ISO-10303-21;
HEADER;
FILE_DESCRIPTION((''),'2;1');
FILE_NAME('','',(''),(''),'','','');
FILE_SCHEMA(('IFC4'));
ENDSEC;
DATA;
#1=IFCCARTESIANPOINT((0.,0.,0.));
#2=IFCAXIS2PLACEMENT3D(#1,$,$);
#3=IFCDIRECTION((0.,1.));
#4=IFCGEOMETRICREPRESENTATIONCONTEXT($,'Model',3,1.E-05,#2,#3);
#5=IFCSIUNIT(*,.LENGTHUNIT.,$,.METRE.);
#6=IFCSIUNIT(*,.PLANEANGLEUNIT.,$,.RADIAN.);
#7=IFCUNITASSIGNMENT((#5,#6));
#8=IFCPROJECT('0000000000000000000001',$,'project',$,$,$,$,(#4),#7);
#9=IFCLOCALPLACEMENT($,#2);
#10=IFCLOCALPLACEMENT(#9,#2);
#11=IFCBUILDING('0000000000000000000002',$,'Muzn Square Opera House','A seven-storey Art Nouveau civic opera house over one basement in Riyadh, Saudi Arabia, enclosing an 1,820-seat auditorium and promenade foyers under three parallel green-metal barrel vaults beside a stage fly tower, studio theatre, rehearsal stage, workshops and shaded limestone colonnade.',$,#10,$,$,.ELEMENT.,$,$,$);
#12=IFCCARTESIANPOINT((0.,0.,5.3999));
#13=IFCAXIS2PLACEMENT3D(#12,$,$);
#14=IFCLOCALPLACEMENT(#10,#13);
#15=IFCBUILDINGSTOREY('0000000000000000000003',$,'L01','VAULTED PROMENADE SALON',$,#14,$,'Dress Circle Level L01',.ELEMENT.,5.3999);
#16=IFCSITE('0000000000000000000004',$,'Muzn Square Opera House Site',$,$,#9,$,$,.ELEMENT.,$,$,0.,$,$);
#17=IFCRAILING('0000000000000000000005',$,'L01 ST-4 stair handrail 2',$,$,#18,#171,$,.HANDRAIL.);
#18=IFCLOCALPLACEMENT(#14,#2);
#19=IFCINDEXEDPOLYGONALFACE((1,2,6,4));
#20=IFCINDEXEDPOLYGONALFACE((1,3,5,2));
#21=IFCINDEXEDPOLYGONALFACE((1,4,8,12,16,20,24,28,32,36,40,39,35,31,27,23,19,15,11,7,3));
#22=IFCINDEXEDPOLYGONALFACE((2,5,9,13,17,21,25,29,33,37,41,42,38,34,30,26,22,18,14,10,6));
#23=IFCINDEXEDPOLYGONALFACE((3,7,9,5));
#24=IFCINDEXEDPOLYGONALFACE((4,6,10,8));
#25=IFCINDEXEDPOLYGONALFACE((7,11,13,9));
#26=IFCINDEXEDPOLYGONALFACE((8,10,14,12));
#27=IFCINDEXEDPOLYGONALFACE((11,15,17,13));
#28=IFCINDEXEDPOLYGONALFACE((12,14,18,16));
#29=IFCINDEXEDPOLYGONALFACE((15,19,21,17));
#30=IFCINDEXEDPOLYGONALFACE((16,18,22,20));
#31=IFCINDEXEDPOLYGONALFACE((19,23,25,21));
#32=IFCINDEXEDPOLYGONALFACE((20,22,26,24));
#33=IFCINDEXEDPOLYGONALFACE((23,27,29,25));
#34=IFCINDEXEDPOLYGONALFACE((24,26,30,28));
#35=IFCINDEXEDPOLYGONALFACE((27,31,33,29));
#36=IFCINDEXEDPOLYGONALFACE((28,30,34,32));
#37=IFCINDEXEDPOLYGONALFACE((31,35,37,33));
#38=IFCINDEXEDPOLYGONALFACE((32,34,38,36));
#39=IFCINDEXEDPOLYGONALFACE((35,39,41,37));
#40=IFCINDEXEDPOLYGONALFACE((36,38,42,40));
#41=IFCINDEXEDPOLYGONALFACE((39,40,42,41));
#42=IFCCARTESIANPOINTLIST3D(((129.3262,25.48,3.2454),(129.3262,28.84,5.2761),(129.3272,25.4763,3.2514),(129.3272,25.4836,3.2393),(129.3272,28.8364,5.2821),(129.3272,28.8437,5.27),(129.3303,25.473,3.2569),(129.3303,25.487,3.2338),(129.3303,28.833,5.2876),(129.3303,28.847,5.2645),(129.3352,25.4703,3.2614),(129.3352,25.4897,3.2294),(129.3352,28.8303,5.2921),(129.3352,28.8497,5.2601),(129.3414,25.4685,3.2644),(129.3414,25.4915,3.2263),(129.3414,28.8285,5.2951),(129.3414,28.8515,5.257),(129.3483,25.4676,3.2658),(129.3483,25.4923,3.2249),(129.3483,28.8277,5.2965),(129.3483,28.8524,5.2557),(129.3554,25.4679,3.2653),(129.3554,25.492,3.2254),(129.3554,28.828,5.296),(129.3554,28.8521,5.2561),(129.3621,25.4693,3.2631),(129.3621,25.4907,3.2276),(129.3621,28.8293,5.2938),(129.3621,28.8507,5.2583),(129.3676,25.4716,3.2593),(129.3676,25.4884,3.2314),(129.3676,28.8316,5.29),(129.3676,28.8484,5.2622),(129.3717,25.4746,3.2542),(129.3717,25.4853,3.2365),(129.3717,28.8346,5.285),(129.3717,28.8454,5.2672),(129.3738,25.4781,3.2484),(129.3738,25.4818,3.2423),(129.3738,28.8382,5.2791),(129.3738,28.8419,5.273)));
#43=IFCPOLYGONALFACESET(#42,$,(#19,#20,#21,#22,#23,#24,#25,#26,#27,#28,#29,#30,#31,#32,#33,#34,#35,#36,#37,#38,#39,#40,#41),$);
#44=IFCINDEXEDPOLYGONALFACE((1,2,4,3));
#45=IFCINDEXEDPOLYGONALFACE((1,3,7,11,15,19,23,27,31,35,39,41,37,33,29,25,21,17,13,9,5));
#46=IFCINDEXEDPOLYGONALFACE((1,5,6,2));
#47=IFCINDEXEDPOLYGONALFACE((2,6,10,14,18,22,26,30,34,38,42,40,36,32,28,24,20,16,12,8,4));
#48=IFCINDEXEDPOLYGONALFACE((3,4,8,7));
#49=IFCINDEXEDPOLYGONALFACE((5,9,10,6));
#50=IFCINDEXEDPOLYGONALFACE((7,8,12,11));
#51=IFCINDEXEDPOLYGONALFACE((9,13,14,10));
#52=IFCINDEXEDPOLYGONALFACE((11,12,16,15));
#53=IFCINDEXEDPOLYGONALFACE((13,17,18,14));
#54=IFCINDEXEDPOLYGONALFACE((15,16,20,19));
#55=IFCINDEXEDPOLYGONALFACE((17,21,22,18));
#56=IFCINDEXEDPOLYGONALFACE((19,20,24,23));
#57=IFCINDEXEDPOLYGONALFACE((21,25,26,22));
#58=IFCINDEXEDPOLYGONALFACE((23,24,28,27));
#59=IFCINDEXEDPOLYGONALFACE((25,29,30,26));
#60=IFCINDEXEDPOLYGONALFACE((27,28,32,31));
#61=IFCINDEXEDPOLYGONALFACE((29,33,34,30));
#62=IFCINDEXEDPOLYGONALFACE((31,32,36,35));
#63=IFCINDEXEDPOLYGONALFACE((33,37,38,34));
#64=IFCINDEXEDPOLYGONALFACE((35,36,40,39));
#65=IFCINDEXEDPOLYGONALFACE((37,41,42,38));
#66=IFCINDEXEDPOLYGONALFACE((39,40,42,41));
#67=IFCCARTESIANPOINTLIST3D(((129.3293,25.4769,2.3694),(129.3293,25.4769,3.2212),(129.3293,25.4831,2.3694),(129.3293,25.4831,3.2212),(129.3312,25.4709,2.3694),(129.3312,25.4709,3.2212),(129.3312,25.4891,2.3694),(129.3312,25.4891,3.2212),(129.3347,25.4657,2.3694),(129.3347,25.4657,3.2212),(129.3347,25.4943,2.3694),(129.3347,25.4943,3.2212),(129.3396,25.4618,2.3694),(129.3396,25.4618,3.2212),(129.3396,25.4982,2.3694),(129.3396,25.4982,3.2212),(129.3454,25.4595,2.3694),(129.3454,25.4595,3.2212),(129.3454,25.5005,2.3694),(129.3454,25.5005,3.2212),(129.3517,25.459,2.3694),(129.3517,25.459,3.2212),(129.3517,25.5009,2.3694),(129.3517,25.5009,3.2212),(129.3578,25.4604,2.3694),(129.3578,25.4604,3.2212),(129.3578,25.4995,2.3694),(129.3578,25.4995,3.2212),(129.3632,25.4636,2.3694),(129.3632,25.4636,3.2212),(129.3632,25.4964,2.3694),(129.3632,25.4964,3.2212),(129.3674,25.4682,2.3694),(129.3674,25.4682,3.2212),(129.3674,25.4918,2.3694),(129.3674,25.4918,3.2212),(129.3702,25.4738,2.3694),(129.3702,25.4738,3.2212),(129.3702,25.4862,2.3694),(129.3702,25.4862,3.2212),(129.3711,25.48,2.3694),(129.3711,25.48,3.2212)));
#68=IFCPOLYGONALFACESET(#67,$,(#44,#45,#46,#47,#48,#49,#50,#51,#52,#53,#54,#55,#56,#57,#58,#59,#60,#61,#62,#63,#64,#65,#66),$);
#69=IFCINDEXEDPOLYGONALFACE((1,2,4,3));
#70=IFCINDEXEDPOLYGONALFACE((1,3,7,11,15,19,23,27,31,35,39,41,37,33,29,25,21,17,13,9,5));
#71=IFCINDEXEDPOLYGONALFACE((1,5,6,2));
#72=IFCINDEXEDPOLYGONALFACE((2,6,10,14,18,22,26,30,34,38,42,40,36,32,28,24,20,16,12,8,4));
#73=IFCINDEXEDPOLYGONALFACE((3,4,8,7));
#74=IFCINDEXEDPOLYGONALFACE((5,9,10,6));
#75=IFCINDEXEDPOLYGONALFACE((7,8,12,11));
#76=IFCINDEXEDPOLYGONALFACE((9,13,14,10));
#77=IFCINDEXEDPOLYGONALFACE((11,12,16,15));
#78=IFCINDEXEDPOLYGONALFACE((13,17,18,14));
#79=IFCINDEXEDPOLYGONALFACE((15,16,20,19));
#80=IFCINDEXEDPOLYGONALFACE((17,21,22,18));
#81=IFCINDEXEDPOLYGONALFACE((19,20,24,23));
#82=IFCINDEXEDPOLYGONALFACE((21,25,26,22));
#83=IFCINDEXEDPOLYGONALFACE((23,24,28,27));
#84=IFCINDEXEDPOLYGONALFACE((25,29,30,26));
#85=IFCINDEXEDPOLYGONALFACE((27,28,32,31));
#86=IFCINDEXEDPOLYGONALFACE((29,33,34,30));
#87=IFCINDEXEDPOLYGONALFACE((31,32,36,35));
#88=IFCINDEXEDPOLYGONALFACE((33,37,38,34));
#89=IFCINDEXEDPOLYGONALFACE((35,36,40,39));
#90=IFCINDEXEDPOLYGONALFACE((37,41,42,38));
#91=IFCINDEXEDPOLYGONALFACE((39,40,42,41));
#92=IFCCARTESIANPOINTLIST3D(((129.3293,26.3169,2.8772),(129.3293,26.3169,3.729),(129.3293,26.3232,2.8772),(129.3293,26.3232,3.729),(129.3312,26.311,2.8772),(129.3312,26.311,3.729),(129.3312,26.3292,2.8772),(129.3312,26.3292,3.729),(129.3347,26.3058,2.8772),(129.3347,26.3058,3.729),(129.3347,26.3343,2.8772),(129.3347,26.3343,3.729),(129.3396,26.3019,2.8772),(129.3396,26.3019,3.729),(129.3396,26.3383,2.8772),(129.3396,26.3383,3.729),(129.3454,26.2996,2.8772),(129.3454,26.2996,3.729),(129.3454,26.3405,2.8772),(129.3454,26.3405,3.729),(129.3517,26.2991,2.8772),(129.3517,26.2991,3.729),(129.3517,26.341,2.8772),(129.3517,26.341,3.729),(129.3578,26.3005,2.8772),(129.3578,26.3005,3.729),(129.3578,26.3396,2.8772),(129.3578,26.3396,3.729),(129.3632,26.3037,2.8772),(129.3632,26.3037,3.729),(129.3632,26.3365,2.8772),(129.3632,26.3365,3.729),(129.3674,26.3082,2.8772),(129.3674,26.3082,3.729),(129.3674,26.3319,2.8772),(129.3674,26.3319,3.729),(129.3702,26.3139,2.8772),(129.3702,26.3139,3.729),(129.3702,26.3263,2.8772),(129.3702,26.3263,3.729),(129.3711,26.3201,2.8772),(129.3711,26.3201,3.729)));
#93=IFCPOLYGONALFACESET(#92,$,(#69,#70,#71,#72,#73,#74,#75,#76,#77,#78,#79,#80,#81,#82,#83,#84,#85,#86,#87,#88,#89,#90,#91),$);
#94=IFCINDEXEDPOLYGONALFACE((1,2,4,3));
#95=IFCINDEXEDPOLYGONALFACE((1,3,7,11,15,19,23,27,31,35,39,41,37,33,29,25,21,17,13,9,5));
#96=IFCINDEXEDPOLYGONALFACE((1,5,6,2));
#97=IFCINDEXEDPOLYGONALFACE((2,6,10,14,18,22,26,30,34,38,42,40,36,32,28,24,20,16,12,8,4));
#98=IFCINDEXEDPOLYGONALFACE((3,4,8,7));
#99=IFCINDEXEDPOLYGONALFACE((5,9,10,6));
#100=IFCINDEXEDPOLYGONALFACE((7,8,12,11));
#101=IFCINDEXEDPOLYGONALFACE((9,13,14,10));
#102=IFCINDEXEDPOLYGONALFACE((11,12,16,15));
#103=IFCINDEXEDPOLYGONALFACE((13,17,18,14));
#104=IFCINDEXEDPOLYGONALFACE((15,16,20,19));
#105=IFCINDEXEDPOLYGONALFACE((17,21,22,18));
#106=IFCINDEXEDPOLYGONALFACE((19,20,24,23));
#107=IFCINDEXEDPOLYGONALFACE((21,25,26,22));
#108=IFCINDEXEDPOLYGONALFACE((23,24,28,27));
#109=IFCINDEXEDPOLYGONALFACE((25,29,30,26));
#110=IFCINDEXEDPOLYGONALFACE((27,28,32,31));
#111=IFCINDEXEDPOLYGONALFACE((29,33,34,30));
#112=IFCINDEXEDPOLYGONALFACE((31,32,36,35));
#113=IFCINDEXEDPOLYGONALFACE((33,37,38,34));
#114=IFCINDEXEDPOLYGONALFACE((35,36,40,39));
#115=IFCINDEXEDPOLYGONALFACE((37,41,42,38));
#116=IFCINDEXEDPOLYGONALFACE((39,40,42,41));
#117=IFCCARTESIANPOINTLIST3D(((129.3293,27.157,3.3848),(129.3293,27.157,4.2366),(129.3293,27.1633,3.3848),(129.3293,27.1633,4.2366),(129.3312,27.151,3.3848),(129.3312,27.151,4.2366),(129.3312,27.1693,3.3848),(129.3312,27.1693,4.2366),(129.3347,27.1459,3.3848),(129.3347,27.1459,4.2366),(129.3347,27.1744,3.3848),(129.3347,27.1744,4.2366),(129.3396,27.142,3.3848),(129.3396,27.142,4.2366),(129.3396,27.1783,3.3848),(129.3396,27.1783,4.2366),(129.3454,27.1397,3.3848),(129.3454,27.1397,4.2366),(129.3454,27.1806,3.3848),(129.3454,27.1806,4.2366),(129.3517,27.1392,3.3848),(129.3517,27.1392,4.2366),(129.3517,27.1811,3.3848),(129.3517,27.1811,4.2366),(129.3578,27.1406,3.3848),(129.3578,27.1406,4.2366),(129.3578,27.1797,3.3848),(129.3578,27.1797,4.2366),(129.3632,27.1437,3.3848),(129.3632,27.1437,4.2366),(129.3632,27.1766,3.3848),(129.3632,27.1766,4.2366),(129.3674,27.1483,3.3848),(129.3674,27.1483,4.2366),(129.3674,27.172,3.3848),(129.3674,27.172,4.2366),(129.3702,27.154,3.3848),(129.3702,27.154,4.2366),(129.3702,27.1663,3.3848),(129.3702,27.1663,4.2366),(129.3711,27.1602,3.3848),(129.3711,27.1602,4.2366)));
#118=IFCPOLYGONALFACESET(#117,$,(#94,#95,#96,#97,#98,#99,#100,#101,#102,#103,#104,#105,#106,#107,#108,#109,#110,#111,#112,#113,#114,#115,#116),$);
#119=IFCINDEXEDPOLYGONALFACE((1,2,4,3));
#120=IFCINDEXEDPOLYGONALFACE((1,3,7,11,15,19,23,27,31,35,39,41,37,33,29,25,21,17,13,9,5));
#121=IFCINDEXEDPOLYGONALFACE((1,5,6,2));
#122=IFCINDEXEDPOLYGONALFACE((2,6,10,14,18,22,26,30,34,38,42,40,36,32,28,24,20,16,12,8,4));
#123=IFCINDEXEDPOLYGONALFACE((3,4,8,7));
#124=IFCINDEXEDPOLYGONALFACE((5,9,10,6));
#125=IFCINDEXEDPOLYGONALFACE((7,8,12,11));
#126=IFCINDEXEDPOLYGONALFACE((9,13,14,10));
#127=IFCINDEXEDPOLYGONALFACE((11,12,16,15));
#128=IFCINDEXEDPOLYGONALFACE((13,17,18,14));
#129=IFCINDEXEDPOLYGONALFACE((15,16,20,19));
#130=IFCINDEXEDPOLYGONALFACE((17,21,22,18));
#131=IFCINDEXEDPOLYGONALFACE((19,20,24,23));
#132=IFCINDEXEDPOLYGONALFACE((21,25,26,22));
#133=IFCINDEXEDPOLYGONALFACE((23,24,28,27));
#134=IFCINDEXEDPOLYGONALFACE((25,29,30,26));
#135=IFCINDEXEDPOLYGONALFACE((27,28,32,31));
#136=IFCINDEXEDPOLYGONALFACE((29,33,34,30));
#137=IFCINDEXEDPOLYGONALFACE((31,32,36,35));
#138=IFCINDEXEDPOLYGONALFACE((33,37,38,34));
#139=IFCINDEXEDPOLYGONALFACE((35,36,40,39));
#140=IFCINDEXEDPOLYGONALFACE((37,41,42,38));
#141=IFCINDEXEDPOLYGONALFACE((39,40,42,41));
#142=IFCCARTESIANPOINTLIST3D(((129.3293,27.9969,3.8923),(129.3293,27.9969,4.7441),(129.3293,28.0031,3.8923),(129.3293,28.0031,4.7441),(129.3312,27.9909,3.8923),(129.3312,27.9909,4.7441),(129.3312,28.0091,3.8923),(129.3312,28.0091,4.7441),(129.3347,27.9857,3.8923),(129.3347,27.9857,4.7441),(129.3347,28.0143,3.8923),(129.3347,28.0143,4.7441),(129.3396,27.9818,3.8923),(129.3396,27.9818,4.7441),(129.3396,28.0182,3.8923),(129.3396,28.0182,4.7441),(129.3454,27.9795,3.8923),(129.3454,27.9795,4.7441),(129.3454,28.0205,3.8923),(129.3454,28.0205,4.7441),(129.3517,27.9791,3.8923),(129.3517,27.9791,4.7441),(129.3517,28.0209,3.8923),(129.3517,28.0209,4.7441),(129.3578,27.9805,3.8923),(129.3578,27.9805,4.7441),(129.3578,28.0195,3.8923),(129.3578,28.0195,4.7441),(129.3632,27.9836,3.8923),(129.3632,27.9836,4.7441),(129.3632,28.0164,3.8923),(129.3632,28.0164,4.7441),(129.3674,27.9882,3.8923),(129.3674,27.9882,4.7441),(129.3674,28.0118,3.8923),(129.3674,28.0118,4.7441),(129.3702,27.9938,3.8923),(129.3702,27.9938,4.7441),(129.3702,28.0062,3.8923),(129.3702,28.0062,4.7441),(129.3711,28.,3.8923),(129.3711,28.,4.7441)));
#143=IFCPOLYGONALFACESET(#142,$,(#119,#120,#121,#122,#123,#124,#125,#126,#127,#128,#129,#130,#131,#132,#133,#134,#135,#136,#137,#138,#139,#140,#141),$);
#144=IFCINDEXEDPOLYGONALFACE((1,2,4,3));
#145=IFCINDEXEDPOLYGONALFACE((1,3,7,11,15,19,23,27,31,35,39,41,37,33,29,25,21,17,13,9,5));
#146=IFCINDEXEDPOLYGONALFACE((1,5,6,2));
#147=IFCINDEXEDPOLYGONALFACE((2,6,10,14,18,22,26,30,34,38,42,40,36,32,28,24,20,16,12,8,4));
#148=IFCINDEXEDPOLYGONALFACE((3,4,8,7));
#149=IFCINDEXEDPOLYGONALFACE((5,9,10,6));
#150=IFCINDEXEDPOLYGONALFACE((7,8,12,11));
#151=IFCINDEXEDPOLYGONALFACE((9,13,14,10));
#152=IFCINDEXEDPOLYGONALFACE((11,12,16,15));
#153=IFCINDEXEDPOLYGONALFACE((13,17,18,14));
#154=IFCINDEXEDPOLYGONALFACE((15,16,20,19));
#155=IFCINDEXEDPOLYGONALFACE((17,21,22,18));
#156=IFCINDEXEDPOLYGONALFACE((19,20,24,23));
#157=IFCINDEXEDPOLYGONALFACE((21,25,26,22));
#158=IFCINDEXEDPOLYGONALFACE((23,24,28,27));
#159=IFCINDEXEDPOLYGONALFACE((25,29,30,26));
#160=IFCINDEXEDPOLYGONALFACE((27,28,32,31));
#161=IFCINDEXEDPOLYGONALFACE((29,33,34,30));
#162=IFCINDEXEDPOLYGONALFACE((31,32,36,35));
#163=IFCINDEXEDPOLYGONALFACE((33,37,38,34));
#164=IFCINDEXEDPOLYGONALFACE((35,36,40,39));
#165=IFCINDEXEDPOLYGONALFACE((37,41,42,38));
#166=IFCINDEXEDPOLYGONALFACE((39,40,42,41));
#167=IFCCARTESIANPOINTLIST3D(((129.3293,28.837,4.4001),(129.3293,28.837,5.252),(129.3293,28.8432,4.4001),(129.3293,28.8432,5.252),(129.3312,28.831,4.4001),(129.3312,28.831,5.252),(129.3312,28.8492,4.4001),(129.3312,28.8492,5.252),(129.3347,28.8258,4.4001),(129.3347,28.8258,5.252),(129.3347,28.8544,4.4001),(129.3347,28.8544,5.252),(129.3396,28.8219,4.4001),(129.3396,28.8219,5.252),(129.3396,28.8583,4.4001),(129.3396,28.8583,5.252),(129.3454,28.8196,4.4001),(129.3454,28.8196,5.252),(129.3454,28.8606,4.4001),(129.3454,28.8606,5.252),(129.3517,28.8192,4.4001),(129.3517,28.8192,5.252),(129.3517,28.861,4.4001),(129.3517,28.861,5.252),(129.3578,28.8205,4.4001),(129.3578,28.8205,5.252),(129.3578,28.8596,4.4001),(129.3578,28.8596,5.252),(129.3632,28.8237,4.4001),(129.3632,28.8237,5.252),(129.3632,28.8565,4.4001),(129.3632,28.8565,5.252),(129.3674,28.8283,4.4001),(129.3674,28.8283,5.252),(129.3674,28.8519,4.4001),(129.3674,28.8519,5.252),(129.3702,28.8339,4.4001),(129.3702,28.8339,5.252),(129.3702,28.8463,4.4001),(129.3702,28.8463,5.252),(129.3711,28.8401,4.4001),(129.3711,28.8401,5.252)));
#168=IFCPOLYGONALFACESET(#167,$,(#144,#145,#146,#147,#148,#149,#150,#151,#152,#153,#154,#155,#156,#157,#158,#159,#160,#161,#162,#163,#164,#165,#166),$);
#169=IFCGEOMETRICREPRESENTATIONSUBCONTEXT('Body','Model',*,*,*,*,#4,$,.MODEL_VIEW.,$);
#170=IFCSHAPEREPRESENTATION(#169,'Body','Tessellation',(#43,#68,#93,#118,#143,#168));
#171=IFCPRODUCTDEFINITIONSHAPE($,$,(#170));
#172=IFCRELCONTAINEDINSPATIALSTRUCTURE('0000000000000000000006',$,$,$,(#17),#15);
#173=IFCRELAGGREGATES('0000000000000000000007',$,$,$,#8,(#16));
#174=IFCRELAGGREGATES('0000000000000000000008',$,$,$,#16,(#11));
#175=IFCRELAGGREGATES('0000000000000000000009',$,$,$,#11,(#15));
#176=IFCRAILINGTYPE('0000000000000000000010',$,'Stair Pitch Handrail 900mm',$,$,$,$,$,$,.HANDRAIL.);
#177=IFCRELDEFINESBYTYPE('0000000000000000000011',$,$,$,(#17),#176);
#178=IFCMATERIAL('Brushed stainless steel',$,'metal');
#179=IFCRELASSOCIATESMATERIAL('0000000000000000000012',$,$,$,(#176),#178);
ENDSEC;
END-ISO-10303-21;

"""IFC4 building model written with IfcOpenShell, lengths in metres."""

from ifc_helpers import new_model, si_unit, direction, frame, origin, origin_2d, place, context, subcontext, project, spatial, circle, extrude, material, type_object, element, save


model = new_model("IFC4")

# Units and contexts
model_context = context("Model", 3, precision=1e-05, world=origin(), true_north=direction((0.0, 1.0)))
body_context = subcontext(model_context, "Body", "Model", "MODEL_VIEW")
ifc_project = project(units=[si_unit("LENGTHUNIT", "METRE"), si_unit("PLANEANGLEUNIT", "RADIAN")], contexts=[model_context])

# Site, building, storey
site_placement = place(None, origin())
site = spatial("IfcSite", under=ifc_project, at=site_placement, Name="Muzn Square Opera House Site", CompositionType="ELEMENT", RefElevation=0.0)
building_placement = place(site_placement, origin())
building = spatial("IfcBuilding", under=site, at=building_placement, Name="Muzn Square Opera House", Description="A seven-storey Art Nouveau civic opera house over one basement in Riyadh, Saudi Arabia, enclosing an 1,820-seat auditorium and promenade foyers under three parallel green-metal barrel vaults beside a stage fly tower, studio theatre, rehearsal stage, workshops and shaded limestone colonnade.", CompositionType="ELEMENT")
storey_placement = place(building_placement, frame((0.0, 0.0, 5.3999)))
storey = spatial("IfcBuildingStorey", under=building, at=storey_placement, Name="L01", Description="VAULTED PROMENADE SALON", LongName="Dress Circle Level L01", CompositionType="ELEMENT", Elevation=5.3999)

# Railing
ifc_material_1 = material(Name="Brushed stainless steel", Category="metal")
railing_type_1 = type_object("IfcRailingType", Name="Stair Pitch Handrail 900mm", PredefinedType="HANDRAIL", material=ifc_material_1)
railing_1_placement = place(storey_placement, frame((129.3501, 25.48, 2.3694)))
element("IfcRailing", 1, at=railing_1_placement, inside=storey, type_object=railing_type_1, Name="L01 ST-4 stair handrail 2", PredefinedType="HANDRAIL", context=body_context, shape_type="SweptSolid", body=[
    extrude(circle(Radius=0.0239, at=origin_2d()), frame((0.0, 0.0, 0.876), z_axis=(0.0, 0.855837, 0.517246), x_axis=(-1.0, 0.0, 0.0)), (0.0, 0.0, 1.0), 3.926),
    extrude(circle(Radius=0.021, at=origin_2d()), origin(), (0.0, 0.0, 1.0), 0.8518),
    extrude(circle(Radius=0.021, at=origin_2d()), frame((0.0, 0.8401, 0.5078)), (0.0, 0.0, 1.0), 0.8518),
    extrude(circle(Radius=0.021, at=origin_2d()), frame((0.0, 1.6802, 1.0154)), (0.0, 0.0, 1.0), 0.8518),
    extrude(circle(Radius=0.021, at=origin_2d()), frame((0.0, 2.52, 1.5229)), (0.0, 0.0, 1.0), 0.8518),
    extrude(circle(Radius=0.021, at=origin_2d()), frame((0.0, 3.3601, 2.0308)), (0.0, 0.0, 1.0), 0.8518),
])

save(model, "model.ifc")
